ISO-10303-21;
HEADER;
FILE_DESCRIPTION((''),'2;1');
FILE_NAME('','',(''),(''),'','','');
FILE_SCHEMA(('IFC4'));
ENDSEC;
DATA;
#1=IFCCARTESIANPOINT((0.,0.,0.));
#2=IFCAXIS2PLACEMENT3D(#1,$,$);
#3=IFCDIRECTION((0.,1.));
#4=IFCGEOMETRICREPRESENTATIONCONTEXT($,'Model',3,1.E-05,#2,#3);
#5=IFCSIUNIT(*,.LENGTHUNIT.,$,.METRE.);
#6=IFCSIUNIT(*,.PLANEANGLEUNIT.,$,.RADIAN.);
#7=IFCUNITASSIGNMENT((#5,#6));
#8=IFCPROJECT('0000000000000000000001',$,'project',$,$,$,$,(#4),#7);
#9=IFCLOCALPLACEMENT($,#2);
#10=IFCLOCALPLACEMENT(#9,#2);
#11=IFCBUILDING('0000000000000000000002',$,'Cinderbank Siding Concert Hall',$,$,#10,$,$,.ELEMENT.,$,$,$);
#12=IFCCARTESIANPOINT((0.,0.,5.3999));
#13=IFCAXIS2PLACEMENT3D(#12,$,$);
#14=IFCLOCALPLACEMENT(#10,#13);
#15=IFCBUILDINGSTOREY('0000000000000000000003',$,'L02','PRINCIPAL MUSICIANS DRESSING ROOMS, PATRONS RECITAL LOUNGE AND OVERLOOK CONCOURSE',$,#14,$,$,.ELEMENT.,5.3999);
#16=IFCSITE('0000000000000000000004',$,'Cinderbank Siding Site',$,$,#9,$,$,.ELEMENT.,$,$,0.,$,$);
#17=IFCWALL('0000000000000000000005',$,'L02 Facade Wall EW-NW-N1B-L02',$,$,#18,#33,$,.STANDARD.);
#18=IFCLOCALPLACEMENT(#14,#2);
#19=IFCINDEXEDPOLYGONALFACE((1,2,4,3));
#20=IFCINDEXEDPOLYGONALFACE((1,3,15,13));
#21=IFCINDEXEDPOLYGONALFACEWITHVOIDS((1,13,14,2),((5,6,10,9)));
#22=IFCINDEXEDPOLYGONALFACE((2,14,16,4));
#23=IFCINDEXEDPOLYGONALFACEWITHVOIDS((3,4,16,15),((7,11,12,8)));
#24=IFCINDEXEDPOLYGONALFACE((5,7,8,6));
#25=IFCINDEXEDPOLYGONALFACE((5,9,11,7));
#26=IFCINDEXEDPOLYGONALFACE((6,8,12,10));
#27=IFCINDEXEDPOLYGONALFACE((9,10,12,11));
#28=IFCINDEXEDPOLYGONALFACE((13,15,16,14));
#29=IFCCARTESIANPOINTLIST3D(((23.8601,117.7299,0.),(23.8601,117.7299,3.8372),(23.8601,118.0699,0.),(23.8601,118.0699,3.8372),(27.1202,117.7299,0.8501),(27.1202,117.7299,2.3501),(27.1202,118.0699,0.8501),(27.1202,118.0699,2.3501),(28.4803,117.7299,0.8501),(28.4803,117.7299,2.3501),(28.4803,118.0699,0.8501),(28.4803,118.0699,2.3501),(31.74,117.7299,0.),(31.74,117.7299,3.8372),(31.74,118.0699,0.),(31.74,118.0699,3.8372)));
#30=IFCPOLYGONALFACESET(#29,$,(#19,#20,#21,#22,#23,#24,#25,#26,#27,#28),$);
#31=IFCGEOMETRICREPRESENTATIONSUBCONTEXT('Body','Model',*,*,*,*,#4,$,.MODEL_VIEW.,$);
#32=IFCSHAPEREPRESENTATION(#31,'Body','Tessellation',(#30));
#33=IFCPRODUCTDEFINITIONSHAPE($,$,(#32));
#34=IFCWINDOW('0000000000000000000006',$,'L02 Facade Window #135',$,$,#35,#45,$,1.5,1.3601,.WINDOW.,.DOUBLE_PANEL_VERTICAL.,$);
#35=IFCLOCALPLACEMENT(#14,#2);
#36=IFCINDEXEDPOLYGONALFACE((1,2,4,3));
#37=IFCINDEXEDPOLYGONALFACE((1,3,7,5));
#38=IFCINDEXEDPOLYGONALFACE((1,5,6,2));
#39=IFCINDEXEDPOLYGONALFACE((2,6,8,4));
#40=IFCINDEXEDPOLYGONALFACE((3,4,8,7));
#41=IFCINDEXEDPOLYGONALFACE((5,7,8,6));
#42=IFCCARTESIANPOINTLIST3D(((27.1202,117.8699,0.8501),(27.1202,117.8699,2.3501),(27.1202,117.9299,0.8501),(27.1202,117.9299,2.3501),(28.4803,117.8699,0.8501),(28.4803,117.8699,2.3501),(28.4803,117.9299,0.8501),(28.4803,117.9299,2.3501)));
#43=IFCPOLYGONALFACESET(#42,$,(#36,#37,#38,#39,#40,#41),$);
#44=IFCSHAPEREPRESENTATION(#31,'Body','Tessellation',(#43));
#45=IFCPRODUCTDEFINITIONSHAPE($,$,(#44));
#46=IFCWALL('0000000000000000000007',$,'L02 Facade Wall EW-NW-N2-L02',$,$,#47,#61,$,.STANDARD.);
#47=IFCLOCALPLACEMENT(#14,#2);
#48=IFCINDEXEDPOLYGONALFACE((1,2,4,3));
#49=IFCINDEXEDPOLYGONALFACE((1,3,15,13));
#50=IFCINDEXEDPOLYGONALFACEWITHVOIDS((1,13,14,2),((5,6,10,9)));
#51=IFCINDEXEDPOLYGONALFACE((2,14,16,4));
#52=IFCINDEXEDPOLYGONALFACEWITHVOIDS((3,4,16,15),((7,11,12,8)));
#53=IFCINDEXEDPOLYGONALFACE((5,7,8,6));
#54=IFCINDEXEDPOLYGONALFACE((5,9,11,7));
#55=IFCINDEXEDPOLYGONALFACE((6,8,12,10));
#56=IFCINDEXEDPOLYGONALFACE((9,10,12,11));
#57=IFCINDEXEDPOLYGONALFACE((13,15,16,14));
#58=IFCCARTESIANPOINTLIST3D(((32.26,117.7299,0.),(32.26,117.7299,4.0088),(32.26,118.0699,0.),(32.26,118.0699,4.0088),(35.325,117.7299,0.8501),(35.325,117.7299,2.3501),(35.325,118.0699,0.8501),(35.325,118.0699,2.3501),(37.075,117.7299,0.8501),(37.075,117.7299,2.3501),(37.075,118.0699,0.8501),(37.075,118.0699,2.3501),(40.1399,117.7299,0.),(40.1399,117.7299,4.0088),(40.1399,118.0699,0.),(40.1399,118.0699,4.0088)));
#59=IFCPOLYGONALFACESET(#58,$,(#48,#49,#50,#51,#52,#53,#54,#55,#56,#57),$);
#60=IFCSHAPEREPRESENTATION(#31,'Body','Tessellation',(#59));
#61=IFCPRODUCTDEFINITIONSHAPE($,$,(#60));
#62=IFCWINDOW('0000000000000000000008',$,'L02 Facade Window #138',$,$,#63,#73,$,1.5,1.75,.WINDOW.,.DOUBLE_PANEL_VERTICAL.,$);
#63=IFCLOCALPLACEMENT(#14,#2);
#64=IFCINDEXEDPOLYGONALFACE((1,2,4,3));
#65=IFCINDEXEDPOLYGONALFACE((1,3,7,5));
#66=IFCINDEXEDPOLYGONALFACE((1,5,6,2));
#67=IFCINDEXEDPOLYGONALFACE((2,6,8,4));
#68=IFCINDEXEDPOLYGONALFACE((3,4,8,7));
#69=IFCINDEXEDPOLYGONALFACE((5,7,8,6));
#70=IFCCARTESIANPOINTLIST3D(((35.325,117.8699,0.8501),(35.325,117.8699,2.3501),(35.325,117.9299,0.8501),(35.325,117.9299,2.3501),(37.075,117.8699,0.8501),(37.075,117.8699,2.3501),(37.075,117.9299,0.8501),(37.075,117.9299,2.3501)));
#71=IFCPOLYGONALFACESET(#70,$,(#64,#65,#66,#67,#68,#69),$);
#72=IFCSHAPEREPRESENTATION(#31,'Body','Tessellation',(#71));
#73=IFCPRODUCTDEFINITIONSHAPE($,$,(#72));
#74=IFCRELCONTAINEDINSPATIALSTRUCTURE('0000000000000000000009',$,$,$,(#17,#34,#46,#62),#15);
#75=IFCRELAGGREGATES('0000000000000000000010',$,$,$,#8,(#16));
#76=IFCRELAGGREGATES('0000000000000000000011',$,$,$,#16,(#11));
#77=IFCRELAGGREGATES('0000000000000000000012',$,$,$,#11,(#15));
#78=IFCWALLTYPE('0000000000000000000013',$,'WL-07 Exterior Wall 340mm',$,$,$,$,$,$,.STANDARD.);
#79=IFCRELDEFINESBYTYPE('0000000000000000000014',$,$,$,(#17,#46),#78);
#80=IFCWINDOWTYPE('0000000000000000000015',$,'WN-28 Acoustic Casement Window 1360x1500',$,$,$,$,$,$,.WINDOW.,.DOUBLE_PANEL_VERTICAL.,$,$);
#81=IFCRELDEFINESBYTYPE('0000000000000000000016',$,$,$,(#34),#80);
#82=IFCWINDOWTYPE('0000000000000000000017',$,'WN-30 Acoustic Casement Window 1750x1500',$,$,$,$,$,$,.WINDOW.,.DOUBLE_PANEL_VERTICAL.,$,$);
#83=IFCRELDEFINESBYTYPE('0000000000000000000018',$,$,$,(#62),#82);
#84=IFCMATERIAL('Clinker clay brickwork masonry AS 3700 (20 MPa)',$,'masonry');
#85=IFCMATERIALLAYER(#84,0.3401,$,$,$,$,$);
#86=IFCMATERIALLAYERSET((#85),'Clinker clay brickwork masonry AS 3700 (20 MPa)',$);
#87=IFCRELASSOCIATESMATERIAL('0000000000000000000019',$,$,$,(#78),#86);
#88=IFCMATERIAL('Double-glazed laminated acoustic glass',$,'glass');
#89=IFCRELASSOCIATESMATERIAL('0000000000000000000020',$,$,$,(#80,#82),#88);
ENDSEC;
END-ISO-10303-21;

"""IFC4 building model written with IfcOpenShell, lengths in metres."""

from ifc_helpers import new_model, si_unit, direction, frame, frame_2d, origin, place, context, subcontext, project, spatial, rectangle, extrude, material, layer, layer_set, type_object, element, fill, save


model = new_model("IFC4")

# Units and contexts
model_context = context("Model", 3, precision=1e-05, world=origin(), true_north=direction((0.0, 1.0)))
body_context = subcontext(model_context, "Body", "Model", "MODEL_VIEW")
ifc_project = project(units=[si_unit("LENGTHUNIT", "METRE"), si_unit("PLANEANGLEUNIT", "RADIAN")], contexts=[model_context])

# Site, building, storey
site_placement = place(None, origin())
site = spatial("IfcSite", under=ifc_project, at=site_placement, Name="Cinderbank Siding Site", CompositionType="ELEMENT", RefElevation=0.0)
building_placement = place(site_placement, origin())
building = spatial("IfcBuilding", under=site, at=building_placement, Name="Cinderbank Siding Concert Hall", CompositionType="ELEMENT")
storey_placement = place(building_placement, frame((0.0, 0.0, 5.3999)))
storey = spatial("IfcBuildingStorey", under=building, at=storey_placement, Name="L02", Description="PRINCIPAL MUSICIANS DRESSING ROOMS, PATRONS RECITAL LOUNGE AND OVERLOOK CONCOURSE", CompositionType="ELEMENT", Elevation=5.3999)

# Walls, openings, windows
ifc_material_1 = material(Name="Clinker clay brickwork masonry AS 3700 (20 MPa)", Category="masonry")
ifc_layer_1 = layer(ifc_material_1, 0.3401)
ifc_layer_set_1 = layer_set([ifc_layer_1], Name="Clinker clay brickwork masonry AS 3700 (20 MPa)")
wall_type_1 = type_object("IfcWallType", Name="WL-07 Exterior Wall 340mm", PredefinedType="STANDARD", material=ifc_layer_set_1)
wall_1_placement = place(storey_placement, frame((23.8601, 117.8999, 0.0), z_axis=(0.0, 0.0, 1.0), x_axis=(1.0, 0.0, 0.0)))
wall_1 = element("IfcWall", 1, at=wall_1_placement, inside=storey, type_object=wall_type_1, Name="L02 Facade Wall EW-NW-N1B-L02", PredefinedType="STANDARD", context=body_context, shape_type="SweptSolid", body=[
    extrude(rectangle(XDim=7.8799, YDim=0.3401, at=frame_2d((3.9399, 0.0))), origin(), (0.0, 0.0, 1.0), 3.8372),
])
opening_1_placement = place(wall_1_placement, frame((3.26, 0.0, 0.8501)))
opening_1 = element("IfcOpeningElement", 2, at=opening_1_placement, cuts=wall_1, PredefinedType="OPENING", context=body_context, shape_type="SweptSolid", body=[
    extrude(rectangle(XDim=1.3601, YDim=1.5, at=frame_2d((0.6802, 0.75))), frame((0.0, 0.1821, 0.0), z_axis=(0.0, -1.0, 0.0), x_axis=(1.0, 0.0, 0.0)), (0.0, 0.0, 1.0), 0.364),
])
ifc_material_2 = material(Name="Double-glazed laminated acoustic glass", Category="glass")
window_type_1 = type_object("IfcWindowType", Name="WN-28 Acoustic Casement Window 1360x1500", PartitioningType="DOUBLE_PANEL_VERTICAL", PredefinedType="WINDOW", material=ifc_material_2)
window_1_placement = place(opening_1_placement, origin())
window_1 = element("IfcWindow", 3, at=window_1_placement, inside=storey, type_object=window_type_1, Name="L02 Facade Window #135", OverallHeight=1.5, OverallWidth=1.3601, PartitioningType="DOUBLE_PANEL_VERTICAL", PredefinedType="WINDOW", context=body_context, shape_type="SweptSolid", body=[
    extrude(rectangle(XDim=1.3601, YDim=1.5, at=frame_2d((0.6802, 0.75))), frame((0.0, 0.03, 0.0), z_axis=(0.0, -1.0, 0.0), x_axis=(1.0, 0.0, 0.0)), (0.0, 0.0, 1.0), 0.0601),
])
fill(opening_1, window_1)
wall_2_placement = place(storey_placement, frame((32.26, 117.8999, 0.0), z_axis=(0.0, 0.0, 1.0), x_axis=(1.0, 0.0, 0.0)))
wall_2 = element("IfcWall", 4, at=wall_2_placement, inside=storey, type_object=wall_type_1, Name="L02 Facade Wall EW-NW-N2-L02", PredefinedType="STANDARD", context=body_context, shape_type="SweptSolid", body=[
    extrude(rectangle(XDim=7.8799, YDim=0.3401, at=frame_2d((3.9399, 0.0))), origin(), (0.0, 0.0, 1.0), 4.0088),
])
opening_2_placement = place(wall_2_placement, frame((3.0649, 0.0, 0.8501)))
opening_2 = element("IfcOpeningElement", 5, at=opening_2_placement, cuts=wall_2, PredefinedType="OPENING", context=body_context, shape_type="SweptSolid", body=[
    extrude(rectangle(XDim=1.75, YDim=1.5, at=frame_2d((0.875, 0.75))), frame((0.0, 0.1821, 0.0), z_axis=(0.0, -1.0, 0.0), x_axis=(1.0, 0.0, 0.0)), (0.0, 0.0, 1.0), 0.364),
])
window_type_2 = type_object("IfcWindowType", Name="WN-30 Acoustic Casement Window 1750x1500", PartitioningType="DOUBLE_PANEL_VERTICAL", PredefinedType="WINDOW", material=ifc_material_2)
window_2_placement = place(opening_2_placement, origin())
window_2 = element("IfcWindow", 6, at=window_2_placement, inside=storey, type_object=window_type_2, Name="L02 Facade Window #138", OverallHeight=1.5, OverallWidth=1.75, PartitioningType="DOUBLE_PANEL_VERTICAL", PredefinedType="WINDOW", context=body_context, shape_type="SweptSolid", body=[
    extrude(rectangle(XDim=1.75, YDim=1.5, at=frame_2d((0.875, 0.75))), frame((0.0, 0.03, 0.0), z_axis=(0.0, -1.0, 0.0), x_axis=(1.0, 0.0, 0.0)), (0.0, 0.0, 1.0), 0.0601),
])
fill(opening_2, window_2)

save(model, "model.ifc")
